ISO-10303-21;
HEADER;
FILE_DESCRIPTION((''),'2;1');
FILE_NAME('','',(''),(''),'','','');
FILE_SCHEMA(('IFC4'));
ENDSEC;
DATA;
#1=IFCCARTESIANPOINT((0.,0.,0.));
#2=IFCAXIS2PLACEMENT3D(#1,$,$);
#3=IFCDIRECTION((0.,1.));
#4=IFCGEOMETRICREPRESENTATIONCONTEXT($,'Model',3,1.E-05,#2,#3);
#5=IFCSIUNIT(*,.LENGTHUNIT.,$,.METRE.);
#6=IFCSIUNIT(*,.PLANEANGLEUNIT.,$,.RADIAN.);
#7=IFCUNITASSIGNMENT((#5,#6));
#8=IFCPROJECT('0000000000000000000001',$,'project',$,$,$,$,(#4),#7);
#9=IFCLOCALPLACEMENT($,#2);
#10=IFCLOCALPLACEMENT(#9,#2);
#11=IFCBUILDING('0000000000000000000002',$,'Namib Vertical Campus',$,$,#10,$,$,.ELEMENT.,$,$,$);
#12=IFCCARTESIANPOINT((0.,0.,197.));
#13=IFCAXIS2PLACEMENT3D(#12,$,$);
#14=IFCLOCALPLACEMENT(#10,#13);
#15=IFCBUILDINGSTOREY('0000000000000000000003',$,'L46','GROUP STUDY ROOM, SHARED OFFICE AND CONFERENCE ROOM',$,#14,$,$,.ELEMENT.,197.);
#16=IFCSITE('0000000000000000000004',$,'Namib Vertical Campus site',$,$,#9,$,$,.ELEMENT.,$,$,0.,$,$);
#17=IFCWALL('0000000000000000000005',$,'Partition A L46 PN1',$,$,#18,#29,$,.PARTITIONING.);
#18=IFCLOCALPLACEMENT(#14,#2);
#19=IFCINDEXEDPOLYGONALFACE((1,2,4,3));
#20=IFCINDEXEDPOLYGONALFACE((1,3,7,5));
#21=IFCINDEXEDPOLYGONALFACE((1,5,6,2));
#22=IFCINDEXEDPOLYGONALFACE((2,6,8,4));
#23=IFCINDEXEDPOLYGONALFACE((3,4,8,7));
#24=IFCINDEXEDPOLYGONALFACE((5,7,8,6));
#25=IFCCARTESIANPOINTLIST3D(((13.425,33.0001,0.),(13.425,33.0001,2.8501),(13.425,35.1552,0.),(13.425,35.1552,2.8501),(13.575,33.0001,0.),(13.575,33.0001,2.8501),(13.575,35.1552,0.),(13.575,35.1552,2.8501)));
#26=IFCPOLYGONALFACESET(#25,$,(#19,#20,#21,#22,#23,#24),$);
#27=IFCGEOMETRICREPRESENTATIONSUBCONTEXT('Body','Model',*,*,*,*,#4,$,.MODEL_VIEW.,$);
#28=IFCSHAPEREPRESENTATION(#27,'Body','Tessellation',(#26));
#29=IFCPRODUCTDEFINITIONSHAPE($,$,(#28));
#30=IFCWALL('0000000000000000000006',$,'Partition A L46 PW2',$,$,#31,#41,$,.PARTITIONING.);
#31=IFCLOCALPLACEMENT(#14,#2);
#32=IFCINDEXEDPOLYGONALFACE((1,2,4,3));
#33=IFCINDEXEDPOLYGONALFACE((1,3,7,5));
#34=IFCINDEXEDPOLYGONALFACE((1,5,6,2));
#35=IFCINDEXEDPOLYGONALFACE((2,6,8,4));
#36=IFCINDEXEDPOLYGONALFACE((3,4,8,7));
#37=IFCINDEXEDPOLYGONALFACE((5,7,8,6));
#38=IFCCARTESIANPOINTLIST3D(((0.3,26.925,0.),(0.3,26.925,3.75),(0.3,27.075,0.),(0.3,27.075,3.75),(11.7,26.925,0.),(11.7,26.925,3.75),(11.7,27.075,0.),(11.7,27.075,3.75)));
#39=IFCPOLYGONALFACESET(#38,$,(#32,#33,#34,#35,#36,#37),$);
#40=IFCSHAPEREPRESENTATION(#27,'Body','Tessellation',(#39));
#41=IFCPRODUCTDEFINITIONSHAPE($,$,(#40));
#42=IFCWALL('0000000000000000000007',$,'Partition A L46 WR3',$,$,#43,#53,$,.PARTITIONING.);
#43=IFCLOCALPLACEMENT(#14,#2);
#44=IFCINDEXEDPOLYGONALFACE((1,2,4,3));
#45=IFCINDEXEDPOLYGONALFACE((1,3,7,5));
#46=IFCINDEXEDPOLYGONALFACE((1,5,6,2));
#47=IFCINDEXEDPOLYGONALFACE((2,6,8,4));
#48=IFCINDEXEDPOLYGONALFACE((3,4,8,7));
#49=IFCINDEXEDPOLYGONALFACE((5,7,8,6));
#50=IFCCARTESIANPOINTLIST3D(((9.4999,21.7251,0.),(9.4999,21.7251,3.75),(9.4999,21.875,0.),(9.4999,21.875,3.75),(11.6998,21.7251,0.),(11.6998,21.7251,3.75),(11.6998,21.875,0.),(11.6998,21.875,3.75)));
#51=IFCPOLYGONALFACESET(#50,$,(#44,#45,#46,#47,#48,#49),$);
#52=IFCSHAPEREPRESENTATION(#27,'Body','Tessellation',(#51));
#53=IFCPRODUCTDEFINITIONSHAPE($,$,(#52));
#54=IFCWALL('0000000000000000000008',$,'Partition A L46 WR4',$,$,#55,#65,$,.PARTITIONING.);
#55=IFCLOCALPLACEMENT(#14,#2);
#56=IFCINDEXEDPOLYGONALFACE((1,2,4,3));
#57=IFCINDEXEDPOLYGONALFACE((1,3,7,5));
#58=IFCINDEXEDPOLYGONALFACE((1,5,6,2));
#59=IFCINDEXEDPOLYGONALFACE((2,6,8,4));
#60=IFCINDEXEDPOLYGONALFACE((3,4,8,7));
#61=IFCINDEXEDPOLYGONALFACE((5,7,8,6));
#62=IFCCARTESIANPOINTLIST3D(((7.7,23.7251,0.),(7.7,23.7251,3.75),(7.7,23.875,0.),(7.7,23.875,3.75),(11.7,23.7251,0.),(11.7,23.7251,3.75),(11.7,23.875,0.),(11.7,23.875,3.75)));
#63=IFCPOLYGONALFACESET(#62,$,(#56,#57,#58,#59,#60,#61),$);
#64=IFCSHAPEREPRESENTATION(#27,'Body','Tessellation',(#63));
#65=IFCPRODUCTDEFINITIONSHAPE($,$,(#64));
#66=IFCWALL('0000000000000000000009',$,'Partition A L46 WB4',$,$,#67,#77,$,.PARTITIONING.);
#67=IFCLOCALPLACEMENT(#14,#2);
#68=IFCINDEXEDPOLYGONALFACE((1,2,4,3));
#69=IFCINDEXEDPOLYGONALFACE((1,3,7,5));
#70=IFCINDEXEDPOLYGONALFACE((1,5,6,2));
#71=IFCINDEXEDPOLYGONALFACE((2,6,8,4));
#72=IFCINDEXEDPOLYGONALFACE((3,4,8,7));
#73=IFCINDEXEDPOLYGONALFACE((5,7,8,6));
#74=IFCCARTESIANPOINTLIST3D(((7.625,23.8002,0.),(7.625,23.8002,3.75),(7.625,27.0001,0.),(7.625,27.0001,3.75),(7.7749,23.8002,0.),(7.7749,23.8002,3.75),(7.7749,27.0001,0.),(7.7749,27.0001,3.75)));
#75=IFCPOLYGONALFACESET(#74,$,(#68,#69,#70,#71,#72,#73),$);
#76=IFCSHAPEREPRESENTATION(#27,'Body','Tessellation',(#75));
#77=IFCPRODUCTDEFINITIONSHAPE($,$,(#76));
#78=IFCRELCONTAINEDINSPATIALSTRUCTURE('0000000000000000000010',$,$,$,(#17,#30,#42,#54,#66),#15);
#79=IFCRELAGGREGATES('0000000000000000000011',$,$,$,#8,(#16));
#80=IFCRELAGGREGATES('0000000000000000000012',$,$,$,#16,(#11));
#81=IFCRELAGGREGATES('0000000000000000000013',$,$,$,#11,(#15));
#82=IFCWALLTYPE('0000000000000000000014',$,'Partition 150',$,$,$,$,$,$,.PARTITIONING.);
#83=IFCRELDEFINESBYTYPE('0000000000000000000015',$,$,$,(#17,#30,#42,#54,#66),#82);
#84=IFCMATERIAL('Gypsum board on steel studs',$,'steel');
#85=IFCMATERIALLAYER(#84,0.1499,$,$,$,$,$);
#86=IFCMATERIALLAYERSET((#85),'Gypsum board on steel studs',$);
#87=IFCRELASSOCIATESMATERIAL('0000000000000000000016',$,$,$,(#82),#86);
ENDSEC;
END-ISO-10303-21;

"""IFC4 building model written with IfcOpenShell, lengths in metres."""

from ifc_helpers import new_model, si_unit, direction, frame, frame_2d, origin, place, context, subcontext, project, spatial, rectangle, extrude, material, layer, layer_set, type_object, element, save


model = new_model("IFC4")

# Units and contexts
model_context = context("Model", 3, precision=1e-05, world=origin(), true_north=direction((0.0, 1.0)))
body_context = subcontext(model_context, "Body", "Model", "MODEL_VIEW")
ifc_project = project(units=[si_unit("LENGTHUNIT", "METRE"), si_unit("PLANEANGLEUNIT", "RADIAN")], contexts=[model_context])

# Site, building, storey
site_placement = place(None, origin())
site = spatial("IfcSite", under=ifc_project, at=site_placement, Name="Namib Vertical Campus site", CompositionType="ELEMENT", RefElevation=0.0)
building_placement = place(site_placement, origin())
building = spatial("IfcBuilding", under=site, at=building_placement, Name="Namib Vertical Campus", CompositionType="ELEMENT")
storey_placement = place(building_placement, frame((0.0, 0.0, 197.0)))
storey = spatial("IfcBuildingStorey", under=building, at=storey_placement, Name="L46", Description="GROUP STUDY ROOM, SHARED OFFICE AND CONFERENCE ROOM", CompositionType="ELEMENT", Elevation=197.0)

# Walls
ifc_material_1 = material(Name="Gypsum board on steel studs", Category="steel")
ifc_layer_1 = layer(ifc_material_1, 0.1499)
ifc_layer_set_1 = layer_set([ifc_layer_1], Name="Gypsum board on steel studs")
wall_type_1 = type_object("IfcWallType", Name="Partition 150", PredefinedType="PARTITIONING", material=ifc_layer_set_1)
wall_1_placement = place(storey_placement, frame((13.5, 33.0, 0.0), z_axis=(0.0, 0.0, 1.0), x_axis=(0.0, 1.0, 0.0)))
element("IfcWall", 1, at=wall_1_placement, inside=storey, type_object=wall_type_1, Name="Partition A L46 PN1", PredefinedType="PARTITIONING", context=body_context, shape_type="SweptSolid", body=[
    extrude(rectangle(XDim=2.155, YDim=0.1499, at=frame_2d((1.0776, 0.0))), origin(), (0.0, 0.0, 1.0), 2.8501),
])
wall_2_placement = place(storey_placement, frame((0.3, 27.0, 0.0), z_axis=(0.0, 0.0, 1.0), x_axis=(1.0, 0.0, 0.0)))
element("IfcWall", 2, at=wall_2_placement, inside=storey, type_object=wall_type_1, Name="Partition A L46 PW2", PredefinedType="PARTITIONING", context=body_context, shape_type="SweptSolid", body=[
    extrude(rectangle(XDim=11.3999, YDim=0.1499, at=frame_2d((5.7, 0.0))), origin(), (0.0, 0.0, 1.0), 3.75),
])
wall_3_placement = place(storey_placement, frame((11.7, 21.8, 0.0), z_axis=(0.0, 0.0, 1.0), x_axis=(-1.0, 0.0, 0.0)))
element("IfcWall", 3, at=wall_3_placement, inside=storey, type_object=wall_type_1, Name="Partition A L46 WR3", PredefinedType="PARTITIONING", context=body_context, shape_type="SweptSolid", body=[
    extrude(rectangle(XDim=2.2, YDim=0.1499, at=frame_2d((1.1001, 0.0))), origin(), (0.0, 0.0, 1.0), 3.75),
])
wall_4_placement = place(storey_placement, frame((11.7, 23.8, 0.0), z_axis=(0.0, 0.0, 1.0), x_axis=(-1.0, 0.0, 0.0)))
element("IfcWall", 4, at=wall_4_placement, inside=storey, type_object=wall_type_1, Name="Partition A L46 WR4", PredefinedType="PARTITIONING", context=body_context, shape_type="SweptSolid", body=[
    extrude(rectangle(XDim=4.0, YDim=0.1499, at=frame_2d((2.0, 0.0))), origin(), (0.0, 0.0, 1.0), 3.75),
])
wall_5_placement = place(storey_placement, frame((7.7, 23.8, 0.0), z_axis=(0.0, 0.0, 1.0), x_axis=(0.0, 1.0, 0.0)))
element("IfcWall", 5, at=wall_5_placement, inside=storey, type_object=wall_type_1, Name="Partition A L46 WB4", PredefinedType="PARTITIONING", context=body_context, shape_type="SweptSolid", body=[
    extrude(rectangle(XDim=3.2, YDim=0.1499, at=frame_2d((1.6001, 0.0))), origin(), (0.0, 0.0, 1.0), 3.75),
])

save(model, "model.ifc")
